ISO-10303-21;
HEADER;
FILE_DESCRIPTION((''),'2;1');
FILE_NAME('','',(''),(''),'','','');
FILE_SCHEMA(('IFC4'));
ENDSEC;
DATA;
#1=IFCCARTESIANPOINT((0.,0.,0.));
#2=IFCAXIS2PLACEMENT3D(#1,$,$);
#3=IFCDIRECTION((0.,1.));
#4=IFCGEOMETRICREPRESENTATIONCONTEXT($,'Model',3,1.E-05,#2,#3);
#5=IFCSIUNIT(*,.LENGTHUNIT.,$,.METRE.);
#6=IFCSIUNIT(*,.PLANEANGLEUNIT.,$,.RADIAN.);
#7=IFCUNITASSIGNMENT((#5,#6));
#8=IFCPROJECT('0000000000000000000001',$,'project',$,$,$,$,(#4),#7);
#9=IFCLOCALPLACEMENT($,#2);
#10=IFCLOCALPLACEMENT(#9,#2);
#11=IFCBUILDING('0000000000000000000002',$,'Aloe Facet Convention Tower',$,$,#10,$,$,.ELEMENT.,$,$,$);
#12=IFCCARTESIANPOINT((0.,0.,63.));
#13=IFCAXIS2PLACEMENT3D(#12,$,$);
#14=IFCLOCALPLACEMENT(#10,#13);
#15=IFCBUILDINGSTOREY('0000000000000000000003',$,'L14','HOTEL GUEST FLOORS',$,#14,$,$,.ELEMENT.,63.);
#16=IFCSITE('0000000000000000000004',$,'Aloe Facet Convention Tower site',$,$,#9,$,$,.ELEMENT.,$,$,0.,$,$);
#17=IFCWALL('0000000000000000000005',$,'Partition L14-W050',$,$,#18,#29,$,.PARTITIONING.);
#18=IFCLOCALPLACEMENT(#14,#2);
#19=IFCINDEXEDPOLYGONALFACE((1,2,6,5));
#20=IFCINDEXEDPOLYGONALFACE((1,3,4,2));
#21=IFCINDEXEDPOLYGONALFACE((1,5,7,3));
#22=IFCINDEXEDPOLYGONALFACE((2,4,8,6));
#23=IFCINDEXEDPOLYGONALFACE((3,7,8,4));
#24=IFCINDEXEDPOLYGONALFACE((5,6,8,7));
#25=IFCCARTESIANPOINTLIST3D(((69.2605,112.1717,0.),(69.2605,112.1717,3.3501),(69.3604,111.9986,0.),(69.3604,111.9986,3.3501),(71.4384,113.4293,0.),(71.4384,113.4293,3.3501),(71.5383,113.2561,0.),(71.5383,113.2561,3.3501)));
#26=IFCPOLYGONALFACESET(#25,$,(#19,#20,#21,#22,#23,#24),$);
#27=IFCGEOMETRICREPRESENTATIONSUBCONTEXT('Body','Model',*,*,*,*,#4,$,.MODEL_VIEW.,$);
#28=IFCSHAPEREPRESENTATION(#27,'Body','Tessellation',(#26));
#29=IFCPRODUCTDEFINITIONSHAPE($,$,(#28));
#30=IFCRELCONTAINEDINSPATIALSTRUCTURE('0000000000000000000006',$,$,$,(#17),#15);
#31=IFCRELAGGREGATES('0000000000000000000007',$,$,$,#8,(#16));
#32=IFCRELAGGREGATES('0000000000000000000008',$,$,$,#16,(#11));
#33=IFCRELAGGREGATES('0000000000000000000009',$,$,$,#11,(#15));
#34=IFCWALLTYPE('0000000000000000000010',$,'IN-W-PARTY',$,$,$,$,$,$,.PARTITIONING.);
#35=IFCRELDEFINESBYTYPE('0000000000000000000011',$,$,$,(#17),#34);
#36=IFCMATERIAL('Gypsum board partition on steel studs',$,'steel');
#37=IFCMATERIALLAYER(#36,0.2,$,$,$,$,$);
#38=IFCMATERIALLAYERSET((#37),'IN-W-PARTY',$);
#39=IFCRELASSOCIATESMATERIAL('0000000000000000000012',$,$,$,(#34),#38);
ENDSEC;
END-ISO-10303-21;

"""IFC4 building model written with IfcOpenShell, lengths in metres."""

from ifc_helpers import new_model, si_unit, direction, frame, frame_2d, origin, place, context, subcontext, project, spatial, rectangle, extrude, material, layer, layer_set, type_object, element, save


model = new_model("IFC4")

# Units and contexts
model_context = context("Model", 3, precision=1e-05, world=origin(), true_north=direction((0.0, 1.0)))
body_context = subcontext(model_context, "Body", "Model", "MODEL_VIEW")
ifc_project = project(units=[si_unit("LENGTHUNIT", "METRE"), si_unit("PLANEANGLEUNIT", "RADIAN")], contexts=[model_context])

# Site, building, storey
site_placement = place(None, origin())
site = spatial("IfcSite", under=ifc_project, at=site_placement, Name="Aloe Facet Convention Tower site", CompositionType="ELEMENT", RefElevation=0.0)
building_placement = place(site_placement, origin())
building = spatial("IfcBuilding", under=site, at=building_placement, Name="Aloe Facet Convention Tower", CompositionType="ELEMENT")
storey_placement = place(building_placement, frame((0.0, 0.0, 63.0)))
storey = spatial("IfcBuildingStorey", under=building, at=storey_placement, Name="L14", Description="HOTEL GUEST FLOORS", CompositionType="ELEMENT", Elevation=63.0)

# Wall
ifc_material_1 = material(Name="Gypsum board partition on steel studs", Category="steel")
ifc_layer_1 = layer(ifc_material_1, 0.2)
ifc_layer_set_1 = layer_set([ifc_layer_1], Name="IN-W-PARTY")
wall_type_1 = type_object("IfcWallType", Name="IN-W-PARTY", PredefinedType="PARTITIONING", material=ifc_layer_set_1)
wall_1_placement = place(storey_placement, frame((69.3105, 112.0852, 0.0), z_axis=(0.0, 0.0, 1.0), x_axis=(0.866006, 0.500033, 0.0)))
element("IfcWall", 1, at=wall_1_placement, inside=storey, type_object=wall_type_1, Name="Partition L14-W050", PredefinedType="PARTITIONING", context=body_context, shape_type="SweptSolid", body=[
    extrude(rectangle(XDim=2.5149, YDim=0.2, at=frame_2d((1.2573, 0.0))), origin(), (0.0, 0.0, 1.0), 3.3501),
])

save(model, "model.ifc")
